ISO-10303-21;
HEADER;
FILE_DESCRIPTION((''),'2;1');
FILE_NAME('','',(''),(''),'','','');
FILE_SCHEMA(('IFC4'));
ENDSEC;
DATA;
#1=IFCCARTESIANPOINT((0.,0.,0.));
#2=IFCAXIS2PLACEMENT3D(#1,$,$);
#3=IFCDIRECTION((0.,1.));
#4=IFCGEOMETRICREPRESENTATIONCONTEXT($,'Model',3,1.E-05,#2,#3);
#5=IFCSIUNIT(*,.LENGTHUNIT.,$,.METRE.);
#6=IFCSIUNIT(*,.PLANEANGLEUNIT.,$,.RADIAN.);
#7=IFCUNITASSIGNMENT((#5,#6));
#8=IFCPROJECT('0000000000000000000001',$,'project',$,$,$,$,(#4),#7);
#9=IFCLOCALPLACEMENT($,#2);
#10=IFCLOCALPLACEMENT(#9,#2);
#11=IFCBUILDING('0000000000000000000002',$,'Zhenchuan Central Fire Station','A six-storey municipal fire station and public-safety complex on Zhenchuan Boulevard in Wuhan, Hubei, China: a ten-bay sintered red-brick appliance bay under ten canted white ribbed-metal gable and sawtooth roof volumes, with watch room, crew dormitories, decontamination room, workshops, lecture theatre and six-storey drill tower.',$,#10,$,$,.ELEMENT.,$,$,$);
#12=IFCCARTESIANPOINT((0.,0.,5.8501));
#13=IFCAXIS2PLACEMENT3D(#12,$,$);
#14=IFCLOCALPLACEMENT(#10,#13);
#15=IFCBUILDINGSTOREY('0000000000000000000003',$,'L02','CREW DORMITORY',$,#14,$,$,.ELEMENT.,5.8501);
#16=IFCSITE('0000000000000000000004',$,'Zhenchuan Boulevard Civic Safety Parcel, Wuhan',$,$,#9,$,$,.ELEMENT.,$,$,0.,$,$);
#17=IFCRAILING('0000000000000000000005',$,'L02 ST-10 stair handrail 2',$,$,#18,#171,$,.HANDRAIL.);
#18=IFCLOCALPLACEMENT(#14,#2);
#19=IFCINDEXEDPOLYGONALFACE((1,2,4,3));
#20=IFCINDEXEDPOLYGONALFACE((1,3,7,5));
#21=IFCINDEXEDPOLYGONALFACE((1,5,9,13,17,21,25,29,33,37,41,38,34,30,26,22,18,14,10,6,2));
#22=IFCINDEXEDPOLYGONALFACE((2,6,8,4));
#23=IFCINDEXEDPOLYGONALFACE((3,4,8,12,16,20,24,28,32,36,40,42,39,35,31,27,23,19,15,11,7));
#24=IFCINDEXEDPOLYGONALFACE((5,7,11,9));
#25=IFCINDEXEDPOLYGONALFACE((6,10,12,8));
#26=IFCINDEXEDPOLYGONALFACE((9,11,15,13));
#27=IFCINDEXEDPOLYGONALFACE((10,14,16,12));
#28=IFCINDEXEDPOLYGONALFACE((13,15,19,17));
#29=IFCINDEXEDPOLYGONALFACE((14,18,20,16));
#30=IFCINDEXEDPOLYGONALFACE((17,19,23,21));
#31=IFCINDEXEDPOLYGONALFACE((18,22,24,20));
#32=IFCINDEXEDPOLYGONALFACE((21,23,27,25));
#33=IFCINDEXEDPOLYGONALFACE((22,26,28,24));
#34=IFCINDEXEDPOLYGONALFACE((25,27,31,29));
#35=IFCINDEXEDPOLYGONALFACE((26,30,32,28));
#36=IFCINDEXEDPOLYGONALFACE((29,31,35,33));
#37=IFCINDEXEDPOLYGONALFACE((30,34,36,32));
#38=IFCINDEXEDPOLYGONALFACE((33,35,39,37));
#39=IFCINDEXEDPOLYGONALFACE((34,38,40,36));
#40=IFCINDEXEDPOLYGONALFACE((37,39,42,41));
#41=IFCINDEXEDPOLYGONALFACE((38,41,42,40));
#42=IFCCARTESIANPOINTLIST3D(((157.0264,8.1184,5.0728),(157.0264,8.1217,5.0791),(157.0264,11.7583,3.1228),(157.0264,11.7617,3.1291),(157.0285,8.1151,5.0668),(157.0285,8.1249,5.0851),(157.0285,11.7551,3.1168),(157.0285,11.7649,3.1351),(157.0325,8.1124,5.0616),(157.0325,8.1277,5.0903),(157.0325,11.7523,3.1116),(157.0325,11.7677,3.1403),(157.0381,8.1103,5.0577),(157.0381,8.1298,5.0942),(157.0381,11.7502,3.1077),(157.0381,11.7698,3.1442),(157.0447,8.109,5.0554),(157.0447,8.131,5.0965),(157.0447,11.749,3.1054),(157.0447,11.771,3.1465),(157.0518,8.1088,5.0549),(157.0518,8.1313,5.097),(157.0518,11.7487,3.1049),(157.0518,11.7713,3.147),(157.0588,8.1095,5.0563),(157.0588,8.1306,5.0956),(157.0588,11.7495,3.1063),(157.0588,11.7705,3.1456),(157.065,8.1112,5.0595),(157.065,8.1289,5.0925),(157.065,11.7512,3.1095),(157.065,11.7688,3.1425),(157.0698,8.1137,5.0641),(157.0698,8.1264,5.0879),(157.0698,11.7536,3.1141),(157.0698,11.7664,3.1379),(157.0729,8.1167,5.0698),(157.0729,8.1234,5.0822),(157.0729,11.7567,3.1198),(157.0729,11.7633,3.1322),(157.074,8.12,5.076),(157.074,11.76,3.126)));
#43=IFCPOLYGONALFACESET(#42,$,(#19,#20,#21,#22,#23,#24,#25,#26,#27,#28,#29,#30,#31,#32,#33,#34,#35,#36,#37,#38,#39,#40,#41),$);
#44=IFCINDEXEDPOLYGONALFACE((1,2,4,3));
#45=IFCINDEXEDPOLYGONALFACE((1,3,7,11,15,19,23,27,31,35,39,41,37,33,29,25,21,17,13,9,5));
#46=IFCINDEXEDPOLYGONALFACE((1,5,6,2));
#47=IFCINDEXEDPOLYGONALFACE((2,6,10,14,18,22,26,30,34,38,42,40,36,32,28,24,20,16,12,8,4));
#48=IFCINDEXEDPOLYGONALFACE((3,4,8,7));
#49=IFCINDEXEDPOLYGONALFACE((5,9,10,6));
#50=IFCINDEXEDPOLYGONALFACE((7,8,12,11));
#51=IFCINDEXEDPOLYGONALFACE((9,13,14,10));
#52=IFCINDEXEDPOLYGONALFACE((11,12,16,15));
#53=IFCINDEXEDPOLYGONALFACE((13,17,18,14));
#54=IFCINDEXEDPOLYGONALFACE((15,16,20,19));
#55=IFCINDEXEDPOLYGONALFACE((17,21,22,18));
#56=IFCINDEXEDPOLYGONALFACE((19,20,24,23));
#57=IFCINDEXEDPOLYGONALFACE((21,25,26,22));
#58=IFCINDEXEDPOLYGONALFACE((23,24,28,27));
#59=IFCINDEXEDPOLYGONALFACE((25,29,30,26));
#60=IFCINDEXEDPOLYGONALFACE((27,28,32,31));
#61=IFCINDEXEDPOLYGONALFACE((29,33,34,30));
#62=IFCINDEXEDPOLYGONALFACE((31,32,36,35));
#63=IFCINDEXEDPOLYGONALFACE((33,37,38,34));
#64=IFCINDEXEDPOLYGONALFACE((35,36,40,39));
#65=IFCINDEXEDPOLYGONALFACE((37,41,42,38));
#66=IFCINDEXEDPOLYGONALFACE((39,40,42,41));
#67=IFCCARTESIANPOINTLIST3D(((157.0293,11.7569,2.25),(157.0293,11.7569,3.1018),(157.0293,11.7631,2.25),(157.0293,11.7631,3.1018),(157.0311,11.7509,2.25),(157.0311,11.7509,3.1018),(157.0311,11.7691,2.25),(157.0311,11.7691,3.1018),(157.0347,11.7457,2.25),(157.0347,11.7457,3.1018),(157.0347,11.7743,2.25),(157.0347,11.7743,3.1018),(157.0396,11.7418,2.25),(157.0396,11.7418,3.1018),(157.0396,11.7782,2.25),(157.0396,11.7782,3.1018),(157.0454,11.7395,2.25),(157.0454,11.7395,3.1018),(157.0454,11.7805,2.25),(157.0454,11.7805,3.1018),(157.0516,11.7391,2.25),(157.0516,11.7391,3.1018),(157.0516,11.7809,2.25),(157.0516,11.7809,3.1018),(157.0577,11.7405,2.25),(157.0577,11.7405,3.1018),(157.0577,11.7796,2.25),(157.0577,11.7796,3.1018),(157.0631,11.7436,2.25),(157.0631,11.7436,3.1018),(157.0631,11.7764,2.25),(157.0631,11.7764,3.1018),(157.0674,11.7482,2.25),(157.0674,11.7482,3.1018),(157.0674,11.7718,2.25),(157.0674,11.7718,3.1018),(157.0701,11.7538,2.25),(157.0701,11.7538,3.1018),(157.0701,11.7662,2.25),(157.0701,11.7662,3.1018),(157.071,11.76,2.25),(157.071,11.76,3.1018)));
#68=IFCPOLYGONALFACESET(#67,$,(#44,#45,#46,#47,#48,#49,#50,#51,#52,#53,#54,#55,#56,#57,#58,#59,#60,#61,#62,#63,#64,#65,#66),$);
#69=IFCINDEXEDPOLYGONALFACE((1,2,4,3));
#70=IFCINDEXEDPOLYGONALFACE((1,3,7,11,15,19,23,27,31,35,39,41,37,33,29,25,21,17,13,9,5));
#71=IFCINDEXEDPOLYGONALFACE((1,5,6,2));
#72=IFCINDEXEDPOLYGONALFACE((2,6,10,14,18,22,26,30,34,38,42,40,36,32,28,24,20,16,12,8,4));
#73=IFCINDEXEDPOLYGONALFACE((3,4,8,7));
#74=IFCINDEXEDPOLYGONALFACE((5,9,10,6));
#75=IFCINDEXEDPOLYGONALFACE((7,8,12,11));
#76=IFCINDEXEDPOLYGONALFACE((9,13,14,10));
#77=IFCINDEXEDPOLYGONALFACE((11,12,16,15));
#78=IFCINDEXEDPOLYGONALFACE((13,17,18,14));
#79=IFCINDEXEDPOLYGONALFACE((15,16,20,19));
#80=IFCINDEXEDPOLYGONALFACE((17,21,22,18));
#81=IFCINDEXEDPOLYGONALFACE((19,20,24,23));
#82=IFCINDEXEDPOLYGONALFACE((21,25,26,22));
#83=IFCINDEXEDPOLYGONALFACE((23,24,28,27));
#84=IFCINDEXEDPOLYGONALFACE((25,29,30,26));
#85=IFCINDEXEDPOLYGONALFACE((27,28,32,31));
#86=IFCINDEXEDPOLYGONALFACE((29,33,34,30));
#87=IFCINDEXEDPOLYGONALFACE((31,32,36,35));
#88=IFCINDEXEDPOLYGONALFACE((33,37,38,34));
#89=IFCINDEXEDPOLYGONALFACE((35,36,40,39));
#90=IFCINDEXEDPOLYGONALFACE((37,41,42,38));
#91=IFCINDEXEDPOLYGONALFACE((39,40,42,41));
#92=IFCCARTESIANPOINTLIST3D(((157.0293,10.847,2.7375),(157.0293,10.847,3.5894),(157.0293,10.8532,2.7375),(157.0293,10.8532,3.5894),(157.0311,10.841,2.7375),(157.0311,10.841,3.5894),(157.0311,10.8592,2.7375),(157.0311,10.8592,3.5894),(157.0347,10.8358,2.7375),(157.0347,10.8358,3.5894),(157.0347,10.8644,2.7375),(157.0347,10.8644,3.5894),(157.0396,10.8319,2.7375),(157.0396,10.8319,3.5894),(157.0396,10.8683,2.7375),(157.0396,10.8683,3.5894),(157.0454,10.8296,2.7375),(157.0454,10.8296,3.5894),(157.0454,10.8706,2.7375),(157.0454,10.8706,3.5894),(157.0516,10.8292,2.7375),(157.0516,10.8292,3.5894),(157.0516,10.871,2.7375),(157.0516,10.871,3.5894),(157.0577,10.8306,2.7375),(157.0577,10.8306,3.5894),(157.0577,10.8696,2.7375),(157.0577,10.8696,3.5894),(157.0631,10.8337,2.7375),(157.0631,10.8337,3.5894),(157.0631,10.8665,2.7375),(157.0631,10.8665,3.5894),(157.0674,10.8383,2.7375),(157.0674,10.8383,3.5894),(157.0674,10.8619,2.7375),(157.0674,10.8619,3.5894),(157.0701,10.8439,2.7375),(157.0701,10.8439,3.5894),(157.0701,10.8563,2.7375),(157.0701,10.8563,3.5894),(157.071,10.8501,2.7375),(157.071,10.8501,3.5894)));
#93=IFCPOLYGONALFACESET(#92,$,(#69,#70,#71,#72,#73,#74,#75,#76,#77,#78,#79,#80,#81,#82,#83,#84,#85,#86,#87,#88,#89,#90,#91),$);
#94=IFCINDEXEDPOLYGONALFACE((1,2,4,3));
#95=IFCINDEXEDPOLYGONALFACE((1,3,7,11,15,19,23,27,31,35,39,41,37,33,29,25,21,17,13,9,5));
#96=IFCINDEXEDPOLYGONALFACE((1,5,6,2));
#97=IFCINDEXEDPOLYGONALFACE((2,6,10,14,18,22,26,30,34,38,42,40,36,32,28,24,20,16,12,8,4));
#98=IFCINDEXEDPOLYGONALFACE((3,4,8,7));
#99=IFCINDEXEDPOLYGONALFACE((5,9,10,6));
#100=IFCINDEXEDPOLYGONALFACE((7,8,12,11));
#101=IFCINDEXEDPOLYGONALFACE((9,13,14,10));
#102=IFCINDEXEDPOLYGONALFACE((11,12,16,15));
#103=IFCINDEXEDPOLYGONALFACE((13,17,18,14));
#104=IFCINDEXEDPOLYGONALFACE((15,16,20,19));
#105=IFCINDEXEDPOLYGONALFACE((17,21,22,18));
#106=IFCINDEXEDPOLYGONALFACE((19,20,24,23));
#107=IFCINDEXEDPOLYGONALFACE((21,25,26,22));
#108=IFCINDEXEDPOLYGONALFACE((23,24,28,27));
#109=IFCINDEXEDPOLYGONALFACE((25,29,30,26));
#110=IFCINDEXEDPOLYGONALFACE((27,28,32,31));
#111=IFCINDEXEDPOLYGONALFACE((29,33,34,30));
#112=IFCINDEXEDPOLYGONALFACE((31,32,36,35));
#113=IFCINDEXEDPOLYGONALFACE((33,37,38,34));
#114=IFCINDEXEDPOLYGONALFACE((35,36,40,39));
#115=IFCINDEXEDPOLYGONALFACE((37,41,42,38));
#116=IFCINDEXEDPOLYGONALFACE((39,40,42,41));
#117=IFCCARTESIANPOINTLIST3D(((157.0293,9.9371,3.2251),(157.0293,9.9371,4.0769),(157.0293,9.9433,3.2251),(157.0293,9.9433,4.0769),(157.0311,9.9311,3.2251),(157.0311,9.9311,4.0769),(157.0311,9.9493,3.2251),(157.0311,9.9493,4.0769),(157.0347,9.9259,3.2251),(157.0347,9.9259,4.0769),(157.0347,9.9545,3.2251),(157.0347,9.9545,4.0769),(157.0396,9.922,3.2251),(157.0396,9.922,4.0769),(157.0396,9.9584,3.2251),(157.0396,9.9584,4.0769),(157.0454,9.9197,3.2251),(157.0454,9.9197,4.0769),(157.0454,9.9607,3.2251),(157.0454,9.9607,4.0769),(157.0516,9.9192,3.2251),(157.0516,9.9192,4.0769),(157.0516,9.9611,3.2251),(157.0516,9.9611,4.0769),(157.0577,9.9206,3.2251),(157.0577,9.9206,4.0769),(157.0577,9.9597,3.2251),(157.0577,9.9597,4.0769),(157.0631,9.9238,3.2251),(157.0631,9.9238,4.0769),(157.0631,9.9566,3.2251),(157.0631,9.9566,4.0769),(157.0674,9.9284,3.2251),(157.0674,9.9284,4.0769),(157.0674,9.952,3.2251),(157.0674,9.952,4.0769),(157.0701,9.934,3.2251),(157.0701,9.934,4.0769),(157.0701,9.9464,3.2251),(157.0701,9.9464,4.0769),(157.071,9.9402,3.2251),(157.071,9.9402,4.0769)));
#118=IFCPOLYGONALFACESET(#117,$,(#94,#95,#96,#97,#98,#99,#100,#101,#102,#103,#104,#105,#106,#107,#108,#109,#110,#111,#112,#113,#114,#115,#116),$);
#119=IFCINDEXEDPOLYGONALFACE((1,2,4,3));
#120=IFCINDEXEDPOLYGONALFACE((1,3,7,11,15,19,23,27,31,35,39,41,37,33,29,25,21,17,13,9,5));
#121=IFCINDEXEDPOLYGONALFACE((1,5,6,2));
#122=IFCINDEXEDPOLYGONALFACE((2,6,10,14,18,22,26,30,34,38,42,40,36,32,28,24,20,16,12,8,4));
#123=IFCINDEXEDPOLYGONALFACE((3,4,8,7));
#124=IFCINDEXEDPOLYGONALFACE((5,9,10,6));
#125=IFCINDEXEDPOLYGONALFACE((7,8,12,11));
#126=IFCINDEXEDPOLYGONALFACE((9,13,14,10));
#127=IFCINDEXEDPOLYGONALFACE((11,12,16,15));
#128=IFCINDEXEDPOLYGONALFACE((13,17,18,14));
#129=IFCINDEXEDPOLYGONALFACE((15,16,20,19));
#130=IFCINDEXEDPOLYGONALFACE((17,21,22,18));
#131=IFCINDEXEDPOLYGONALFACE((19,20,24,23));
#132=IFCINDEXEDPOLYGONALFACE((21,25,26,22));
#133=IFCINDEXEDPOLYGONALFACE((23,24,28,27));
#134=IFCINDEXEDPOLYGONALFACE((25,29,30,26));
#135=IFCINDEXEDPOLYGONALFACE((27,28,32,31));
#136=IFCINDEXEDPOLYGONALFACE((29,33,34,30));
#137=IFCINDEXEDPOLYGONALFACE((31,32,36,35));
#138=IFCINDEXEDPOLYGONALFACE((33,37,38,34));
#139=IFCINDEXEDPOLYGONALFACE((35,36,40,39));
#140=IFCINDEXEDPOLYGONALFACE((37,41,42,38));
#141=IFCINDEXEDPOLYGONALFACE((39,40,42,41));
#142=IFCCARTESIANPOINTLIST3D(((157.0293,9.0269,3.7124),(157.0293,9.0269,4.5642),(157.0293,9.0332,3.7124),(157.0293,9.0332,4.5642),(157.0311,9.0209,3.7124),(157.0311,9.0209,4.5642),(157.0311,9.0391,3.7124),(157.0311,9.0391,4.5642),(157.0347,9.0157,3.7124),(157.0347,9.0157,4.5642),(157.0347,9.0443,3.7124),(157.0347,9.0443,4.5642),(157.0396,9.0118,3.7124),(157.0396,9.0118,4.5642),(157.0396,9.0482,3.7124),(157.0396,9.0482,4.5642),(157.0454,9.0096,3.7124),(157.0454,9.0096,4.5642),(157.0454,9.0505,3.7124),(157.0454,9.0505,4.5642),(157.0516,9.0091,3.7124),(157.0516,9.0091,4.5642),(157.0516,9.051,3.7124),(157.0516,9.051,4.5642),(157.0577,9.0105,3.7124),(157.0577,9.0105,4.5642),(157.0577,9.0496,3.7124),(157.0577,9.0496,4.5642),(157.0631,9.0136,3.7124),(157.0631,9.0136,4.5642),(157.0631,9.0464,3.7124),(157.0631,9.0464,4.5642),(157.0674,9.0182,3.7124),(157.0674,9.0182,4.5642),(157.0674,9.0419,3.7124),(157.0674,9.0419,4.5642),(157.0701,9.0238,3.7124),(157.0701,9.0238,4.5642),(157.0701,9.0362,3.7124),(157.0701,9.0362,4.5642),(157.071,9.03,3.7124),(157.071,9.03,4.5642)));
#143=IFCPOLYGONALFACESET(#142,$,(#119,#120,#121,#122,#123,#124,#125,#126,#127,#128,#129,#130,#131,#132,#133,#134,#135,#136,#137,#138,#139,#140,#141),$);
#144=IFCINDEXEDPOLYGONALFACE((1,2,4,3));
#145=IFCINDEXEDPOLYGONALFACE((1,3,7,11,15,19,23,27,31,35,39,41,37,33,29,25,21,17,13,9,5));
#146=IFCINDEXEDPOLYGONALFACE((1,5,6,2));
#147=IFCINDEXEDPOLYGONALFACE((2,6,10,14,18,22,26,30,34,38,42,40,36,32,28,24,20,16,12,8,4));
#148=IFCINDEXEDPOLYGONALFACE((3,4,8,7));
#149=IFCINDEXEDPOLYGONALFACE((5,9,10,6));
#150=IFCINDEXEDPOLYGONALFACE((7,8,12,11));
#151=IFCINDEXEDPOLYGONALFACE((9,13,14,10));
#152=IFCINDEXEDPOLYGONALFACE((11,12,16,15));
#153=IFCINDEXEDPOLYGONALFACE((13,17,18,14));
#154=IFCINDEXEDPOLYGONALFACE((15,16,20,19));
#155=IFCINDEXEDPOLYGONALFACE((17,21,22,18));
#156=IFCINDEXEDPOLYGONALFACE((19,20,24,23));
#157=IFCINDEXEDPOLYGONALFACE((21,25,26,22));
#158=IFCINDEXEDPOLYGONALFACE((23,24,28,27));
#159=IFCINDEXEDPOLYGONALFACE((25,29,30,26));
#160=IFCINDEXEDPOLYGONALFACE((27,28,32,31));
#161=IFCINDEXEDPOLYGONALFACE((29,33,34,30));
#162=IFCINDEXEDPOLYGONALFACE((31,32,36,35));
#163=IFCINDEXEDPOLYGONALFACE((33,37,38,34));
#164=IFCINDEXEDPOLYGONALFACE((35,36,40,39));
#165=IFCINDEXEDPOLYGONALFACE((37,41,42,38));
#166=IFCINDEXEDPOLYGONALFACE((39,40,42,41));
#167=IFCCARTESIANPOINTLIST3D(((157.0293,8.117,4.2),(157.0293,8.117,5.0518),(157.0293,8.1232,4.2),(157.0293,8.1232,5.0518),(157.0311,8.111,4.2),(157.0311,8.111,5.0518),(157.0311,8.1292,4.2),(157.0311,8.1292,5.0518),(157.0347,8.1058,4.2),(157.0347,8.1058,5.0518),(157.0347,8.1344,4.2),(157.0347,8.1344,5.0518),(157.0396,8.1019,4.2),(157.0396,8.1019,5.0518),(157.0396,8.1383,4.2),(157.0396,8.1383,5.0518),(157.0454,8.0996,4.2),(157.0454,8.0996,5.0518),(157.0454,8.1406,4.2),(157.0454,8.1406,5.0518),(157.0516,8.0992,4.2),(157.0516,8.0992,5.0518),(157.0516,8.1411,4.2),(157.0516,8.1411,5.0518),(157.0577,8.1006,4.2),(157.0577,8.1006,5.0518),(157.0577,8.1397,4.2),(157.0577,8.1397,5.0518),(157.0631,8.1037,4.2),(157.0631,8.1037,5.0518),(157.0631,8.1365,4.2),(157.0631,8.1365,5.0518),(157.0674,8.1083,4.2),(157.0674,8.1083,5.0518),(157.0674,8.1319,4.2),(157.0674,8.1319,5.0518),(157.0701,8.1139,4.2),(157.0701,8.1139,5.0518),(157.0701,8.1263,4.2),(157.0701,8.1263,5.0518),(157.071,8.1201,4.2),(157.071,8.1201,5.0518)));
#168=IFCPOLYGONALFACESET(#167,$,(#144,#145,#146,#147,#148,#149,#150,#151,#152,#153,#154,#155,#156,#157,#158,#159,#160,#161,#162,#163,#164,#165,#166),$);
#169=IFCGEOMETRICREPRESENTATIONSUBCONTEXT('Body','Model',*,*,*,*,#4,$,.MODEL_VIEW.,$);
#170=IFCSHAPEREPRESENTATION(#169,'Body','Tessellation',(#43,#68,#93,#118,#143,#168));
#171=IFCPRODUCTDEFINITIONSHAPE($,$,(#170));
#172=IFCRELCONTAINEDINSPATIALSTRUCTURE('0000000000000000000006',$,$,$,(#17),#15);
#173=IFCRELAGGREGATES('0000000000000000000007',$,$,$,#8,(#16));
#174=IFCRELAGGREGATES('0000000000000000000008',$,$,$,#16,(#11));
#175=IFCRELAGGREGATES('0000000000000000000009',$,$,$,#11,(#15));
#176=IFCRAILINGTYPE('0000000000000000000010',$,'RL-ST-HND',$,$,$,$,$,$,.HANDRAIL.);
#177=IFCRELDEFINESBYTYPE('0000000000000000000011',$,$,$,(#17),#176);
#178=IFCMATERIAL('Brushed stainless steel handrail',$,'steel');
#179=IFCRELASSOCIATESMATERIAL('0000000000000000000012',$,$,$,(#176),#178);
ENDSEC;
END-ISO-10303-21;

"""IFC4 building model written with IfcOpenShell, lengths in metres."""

from ifc_helpers import new_model, si_unit, direction, frame, origin, origin_2d, place, context, subcontext, project, spatial, circle, extrude, material, type_object, element, save


model = new_model("IFC4")

# Units and contexts
model_context = context("Model", 3, precision=1e-05, world=origin(), true_north=direction((0.0, 1.0)))
body_context = subcontext(model_context, "Body", "Model", "MODEL_VIEW")
ifc_project = project(units=[si_unit("LENGTHUNIT", "METRE"), si_unit("PLANEANGLEUNIT", "RADIAN")], contexts=[model_context])

# Site, building, storey
site_placement = place(None, origin())
site = spatial("IfcSite", under=ifc_project, at=site_placement, Name="Zhenchuan Boulevard Civic Safety Parcel, Wuhan", CompositionType="ELEMENT", RefElevation=0.0)
building_placement = place(site_placement, origin())
building = spatial("IfcBuilding", under=site, at=building_placement, Name="Zhenchuan Central Fire Station", Description="A six-storey municipal fire station and public-safety complex on Zhenchuan Boulevard in Wuhan, Hubei, China: a ten-bay sintered red-brick appliance bay under ten canted white ribbed-metal gable and sawtooth roof volumes, with watch room, crew dormitories, decontamination room, workshops, lecture theatre and six-storey drill tower.", CompositionType="ELEMENT")
storey_placement = place(building_placement, frame((0.0, 0.0, 5.8501)))
storey = spatial("IfcBuildingStorey", under=building, at=storey_placement, Name="L02", Description="CREW DORMITORY", CompositionType="ELEMENT", Elevation=5.8501)

# Railing
ifc_material_1 = material(Name="Brushed stainless steel handrail", Category="steel")
railing_type_1 = type_object("IfcRailingType", Name="RL-ST-HND", PredefinedType="HANDRAIL", material=ifc_material_1)
railing_1_placement = place(storey_placement, frame((157.05, 11.76, 2.25)))
element("IfcRailing", 1, at=railing_1_placement, inside=storey, type_object=railing_type_1, Name="L02 ST-10 stair handrail 2", PredefinedType="HANDRAIL", context=body_context, shape_type="SweptSolid", body=[
    extrude(circle(Radius=0.0239, at=origin_2d()), frame((0.0, 0.0, 0.876), z_axis=(0.0, -0.881479, 0.472223), x_axis=(1.0, 0.0, 0.0)), (0.0, 0.0, 1.0), 4.1294),
    extrude(circle(Radius=0.021, at=origin_2d()), origin(), (0.0, 0.0, 1.0), 0.8518),
    extrude(circle(Radius=0.021, at=origin_2d()), frame((0.0, -0.9099, 0.4875)), (0.0, 0.0, 1.0), 0.8518),
    extrude(circle(Radius=0.021, at=origin_2d()), frame((0.0, -1.8198, 0.9751)), (0.0, 0.0, 1.0), 0.8518),
    extrude(circle(Radius=0.021, at=origin_2d()), frame((0.0, -2.73, 1.4624)), (0.0, 0.0, 1.0), 0.8518),
    extrude(circle(Radius=0.021, at=origin_2d()), frame((0.0, -3.6399, 1.95)), (0.0, 0.0, 1.0), 0.8518),
])

save(model, "model.ifc")
